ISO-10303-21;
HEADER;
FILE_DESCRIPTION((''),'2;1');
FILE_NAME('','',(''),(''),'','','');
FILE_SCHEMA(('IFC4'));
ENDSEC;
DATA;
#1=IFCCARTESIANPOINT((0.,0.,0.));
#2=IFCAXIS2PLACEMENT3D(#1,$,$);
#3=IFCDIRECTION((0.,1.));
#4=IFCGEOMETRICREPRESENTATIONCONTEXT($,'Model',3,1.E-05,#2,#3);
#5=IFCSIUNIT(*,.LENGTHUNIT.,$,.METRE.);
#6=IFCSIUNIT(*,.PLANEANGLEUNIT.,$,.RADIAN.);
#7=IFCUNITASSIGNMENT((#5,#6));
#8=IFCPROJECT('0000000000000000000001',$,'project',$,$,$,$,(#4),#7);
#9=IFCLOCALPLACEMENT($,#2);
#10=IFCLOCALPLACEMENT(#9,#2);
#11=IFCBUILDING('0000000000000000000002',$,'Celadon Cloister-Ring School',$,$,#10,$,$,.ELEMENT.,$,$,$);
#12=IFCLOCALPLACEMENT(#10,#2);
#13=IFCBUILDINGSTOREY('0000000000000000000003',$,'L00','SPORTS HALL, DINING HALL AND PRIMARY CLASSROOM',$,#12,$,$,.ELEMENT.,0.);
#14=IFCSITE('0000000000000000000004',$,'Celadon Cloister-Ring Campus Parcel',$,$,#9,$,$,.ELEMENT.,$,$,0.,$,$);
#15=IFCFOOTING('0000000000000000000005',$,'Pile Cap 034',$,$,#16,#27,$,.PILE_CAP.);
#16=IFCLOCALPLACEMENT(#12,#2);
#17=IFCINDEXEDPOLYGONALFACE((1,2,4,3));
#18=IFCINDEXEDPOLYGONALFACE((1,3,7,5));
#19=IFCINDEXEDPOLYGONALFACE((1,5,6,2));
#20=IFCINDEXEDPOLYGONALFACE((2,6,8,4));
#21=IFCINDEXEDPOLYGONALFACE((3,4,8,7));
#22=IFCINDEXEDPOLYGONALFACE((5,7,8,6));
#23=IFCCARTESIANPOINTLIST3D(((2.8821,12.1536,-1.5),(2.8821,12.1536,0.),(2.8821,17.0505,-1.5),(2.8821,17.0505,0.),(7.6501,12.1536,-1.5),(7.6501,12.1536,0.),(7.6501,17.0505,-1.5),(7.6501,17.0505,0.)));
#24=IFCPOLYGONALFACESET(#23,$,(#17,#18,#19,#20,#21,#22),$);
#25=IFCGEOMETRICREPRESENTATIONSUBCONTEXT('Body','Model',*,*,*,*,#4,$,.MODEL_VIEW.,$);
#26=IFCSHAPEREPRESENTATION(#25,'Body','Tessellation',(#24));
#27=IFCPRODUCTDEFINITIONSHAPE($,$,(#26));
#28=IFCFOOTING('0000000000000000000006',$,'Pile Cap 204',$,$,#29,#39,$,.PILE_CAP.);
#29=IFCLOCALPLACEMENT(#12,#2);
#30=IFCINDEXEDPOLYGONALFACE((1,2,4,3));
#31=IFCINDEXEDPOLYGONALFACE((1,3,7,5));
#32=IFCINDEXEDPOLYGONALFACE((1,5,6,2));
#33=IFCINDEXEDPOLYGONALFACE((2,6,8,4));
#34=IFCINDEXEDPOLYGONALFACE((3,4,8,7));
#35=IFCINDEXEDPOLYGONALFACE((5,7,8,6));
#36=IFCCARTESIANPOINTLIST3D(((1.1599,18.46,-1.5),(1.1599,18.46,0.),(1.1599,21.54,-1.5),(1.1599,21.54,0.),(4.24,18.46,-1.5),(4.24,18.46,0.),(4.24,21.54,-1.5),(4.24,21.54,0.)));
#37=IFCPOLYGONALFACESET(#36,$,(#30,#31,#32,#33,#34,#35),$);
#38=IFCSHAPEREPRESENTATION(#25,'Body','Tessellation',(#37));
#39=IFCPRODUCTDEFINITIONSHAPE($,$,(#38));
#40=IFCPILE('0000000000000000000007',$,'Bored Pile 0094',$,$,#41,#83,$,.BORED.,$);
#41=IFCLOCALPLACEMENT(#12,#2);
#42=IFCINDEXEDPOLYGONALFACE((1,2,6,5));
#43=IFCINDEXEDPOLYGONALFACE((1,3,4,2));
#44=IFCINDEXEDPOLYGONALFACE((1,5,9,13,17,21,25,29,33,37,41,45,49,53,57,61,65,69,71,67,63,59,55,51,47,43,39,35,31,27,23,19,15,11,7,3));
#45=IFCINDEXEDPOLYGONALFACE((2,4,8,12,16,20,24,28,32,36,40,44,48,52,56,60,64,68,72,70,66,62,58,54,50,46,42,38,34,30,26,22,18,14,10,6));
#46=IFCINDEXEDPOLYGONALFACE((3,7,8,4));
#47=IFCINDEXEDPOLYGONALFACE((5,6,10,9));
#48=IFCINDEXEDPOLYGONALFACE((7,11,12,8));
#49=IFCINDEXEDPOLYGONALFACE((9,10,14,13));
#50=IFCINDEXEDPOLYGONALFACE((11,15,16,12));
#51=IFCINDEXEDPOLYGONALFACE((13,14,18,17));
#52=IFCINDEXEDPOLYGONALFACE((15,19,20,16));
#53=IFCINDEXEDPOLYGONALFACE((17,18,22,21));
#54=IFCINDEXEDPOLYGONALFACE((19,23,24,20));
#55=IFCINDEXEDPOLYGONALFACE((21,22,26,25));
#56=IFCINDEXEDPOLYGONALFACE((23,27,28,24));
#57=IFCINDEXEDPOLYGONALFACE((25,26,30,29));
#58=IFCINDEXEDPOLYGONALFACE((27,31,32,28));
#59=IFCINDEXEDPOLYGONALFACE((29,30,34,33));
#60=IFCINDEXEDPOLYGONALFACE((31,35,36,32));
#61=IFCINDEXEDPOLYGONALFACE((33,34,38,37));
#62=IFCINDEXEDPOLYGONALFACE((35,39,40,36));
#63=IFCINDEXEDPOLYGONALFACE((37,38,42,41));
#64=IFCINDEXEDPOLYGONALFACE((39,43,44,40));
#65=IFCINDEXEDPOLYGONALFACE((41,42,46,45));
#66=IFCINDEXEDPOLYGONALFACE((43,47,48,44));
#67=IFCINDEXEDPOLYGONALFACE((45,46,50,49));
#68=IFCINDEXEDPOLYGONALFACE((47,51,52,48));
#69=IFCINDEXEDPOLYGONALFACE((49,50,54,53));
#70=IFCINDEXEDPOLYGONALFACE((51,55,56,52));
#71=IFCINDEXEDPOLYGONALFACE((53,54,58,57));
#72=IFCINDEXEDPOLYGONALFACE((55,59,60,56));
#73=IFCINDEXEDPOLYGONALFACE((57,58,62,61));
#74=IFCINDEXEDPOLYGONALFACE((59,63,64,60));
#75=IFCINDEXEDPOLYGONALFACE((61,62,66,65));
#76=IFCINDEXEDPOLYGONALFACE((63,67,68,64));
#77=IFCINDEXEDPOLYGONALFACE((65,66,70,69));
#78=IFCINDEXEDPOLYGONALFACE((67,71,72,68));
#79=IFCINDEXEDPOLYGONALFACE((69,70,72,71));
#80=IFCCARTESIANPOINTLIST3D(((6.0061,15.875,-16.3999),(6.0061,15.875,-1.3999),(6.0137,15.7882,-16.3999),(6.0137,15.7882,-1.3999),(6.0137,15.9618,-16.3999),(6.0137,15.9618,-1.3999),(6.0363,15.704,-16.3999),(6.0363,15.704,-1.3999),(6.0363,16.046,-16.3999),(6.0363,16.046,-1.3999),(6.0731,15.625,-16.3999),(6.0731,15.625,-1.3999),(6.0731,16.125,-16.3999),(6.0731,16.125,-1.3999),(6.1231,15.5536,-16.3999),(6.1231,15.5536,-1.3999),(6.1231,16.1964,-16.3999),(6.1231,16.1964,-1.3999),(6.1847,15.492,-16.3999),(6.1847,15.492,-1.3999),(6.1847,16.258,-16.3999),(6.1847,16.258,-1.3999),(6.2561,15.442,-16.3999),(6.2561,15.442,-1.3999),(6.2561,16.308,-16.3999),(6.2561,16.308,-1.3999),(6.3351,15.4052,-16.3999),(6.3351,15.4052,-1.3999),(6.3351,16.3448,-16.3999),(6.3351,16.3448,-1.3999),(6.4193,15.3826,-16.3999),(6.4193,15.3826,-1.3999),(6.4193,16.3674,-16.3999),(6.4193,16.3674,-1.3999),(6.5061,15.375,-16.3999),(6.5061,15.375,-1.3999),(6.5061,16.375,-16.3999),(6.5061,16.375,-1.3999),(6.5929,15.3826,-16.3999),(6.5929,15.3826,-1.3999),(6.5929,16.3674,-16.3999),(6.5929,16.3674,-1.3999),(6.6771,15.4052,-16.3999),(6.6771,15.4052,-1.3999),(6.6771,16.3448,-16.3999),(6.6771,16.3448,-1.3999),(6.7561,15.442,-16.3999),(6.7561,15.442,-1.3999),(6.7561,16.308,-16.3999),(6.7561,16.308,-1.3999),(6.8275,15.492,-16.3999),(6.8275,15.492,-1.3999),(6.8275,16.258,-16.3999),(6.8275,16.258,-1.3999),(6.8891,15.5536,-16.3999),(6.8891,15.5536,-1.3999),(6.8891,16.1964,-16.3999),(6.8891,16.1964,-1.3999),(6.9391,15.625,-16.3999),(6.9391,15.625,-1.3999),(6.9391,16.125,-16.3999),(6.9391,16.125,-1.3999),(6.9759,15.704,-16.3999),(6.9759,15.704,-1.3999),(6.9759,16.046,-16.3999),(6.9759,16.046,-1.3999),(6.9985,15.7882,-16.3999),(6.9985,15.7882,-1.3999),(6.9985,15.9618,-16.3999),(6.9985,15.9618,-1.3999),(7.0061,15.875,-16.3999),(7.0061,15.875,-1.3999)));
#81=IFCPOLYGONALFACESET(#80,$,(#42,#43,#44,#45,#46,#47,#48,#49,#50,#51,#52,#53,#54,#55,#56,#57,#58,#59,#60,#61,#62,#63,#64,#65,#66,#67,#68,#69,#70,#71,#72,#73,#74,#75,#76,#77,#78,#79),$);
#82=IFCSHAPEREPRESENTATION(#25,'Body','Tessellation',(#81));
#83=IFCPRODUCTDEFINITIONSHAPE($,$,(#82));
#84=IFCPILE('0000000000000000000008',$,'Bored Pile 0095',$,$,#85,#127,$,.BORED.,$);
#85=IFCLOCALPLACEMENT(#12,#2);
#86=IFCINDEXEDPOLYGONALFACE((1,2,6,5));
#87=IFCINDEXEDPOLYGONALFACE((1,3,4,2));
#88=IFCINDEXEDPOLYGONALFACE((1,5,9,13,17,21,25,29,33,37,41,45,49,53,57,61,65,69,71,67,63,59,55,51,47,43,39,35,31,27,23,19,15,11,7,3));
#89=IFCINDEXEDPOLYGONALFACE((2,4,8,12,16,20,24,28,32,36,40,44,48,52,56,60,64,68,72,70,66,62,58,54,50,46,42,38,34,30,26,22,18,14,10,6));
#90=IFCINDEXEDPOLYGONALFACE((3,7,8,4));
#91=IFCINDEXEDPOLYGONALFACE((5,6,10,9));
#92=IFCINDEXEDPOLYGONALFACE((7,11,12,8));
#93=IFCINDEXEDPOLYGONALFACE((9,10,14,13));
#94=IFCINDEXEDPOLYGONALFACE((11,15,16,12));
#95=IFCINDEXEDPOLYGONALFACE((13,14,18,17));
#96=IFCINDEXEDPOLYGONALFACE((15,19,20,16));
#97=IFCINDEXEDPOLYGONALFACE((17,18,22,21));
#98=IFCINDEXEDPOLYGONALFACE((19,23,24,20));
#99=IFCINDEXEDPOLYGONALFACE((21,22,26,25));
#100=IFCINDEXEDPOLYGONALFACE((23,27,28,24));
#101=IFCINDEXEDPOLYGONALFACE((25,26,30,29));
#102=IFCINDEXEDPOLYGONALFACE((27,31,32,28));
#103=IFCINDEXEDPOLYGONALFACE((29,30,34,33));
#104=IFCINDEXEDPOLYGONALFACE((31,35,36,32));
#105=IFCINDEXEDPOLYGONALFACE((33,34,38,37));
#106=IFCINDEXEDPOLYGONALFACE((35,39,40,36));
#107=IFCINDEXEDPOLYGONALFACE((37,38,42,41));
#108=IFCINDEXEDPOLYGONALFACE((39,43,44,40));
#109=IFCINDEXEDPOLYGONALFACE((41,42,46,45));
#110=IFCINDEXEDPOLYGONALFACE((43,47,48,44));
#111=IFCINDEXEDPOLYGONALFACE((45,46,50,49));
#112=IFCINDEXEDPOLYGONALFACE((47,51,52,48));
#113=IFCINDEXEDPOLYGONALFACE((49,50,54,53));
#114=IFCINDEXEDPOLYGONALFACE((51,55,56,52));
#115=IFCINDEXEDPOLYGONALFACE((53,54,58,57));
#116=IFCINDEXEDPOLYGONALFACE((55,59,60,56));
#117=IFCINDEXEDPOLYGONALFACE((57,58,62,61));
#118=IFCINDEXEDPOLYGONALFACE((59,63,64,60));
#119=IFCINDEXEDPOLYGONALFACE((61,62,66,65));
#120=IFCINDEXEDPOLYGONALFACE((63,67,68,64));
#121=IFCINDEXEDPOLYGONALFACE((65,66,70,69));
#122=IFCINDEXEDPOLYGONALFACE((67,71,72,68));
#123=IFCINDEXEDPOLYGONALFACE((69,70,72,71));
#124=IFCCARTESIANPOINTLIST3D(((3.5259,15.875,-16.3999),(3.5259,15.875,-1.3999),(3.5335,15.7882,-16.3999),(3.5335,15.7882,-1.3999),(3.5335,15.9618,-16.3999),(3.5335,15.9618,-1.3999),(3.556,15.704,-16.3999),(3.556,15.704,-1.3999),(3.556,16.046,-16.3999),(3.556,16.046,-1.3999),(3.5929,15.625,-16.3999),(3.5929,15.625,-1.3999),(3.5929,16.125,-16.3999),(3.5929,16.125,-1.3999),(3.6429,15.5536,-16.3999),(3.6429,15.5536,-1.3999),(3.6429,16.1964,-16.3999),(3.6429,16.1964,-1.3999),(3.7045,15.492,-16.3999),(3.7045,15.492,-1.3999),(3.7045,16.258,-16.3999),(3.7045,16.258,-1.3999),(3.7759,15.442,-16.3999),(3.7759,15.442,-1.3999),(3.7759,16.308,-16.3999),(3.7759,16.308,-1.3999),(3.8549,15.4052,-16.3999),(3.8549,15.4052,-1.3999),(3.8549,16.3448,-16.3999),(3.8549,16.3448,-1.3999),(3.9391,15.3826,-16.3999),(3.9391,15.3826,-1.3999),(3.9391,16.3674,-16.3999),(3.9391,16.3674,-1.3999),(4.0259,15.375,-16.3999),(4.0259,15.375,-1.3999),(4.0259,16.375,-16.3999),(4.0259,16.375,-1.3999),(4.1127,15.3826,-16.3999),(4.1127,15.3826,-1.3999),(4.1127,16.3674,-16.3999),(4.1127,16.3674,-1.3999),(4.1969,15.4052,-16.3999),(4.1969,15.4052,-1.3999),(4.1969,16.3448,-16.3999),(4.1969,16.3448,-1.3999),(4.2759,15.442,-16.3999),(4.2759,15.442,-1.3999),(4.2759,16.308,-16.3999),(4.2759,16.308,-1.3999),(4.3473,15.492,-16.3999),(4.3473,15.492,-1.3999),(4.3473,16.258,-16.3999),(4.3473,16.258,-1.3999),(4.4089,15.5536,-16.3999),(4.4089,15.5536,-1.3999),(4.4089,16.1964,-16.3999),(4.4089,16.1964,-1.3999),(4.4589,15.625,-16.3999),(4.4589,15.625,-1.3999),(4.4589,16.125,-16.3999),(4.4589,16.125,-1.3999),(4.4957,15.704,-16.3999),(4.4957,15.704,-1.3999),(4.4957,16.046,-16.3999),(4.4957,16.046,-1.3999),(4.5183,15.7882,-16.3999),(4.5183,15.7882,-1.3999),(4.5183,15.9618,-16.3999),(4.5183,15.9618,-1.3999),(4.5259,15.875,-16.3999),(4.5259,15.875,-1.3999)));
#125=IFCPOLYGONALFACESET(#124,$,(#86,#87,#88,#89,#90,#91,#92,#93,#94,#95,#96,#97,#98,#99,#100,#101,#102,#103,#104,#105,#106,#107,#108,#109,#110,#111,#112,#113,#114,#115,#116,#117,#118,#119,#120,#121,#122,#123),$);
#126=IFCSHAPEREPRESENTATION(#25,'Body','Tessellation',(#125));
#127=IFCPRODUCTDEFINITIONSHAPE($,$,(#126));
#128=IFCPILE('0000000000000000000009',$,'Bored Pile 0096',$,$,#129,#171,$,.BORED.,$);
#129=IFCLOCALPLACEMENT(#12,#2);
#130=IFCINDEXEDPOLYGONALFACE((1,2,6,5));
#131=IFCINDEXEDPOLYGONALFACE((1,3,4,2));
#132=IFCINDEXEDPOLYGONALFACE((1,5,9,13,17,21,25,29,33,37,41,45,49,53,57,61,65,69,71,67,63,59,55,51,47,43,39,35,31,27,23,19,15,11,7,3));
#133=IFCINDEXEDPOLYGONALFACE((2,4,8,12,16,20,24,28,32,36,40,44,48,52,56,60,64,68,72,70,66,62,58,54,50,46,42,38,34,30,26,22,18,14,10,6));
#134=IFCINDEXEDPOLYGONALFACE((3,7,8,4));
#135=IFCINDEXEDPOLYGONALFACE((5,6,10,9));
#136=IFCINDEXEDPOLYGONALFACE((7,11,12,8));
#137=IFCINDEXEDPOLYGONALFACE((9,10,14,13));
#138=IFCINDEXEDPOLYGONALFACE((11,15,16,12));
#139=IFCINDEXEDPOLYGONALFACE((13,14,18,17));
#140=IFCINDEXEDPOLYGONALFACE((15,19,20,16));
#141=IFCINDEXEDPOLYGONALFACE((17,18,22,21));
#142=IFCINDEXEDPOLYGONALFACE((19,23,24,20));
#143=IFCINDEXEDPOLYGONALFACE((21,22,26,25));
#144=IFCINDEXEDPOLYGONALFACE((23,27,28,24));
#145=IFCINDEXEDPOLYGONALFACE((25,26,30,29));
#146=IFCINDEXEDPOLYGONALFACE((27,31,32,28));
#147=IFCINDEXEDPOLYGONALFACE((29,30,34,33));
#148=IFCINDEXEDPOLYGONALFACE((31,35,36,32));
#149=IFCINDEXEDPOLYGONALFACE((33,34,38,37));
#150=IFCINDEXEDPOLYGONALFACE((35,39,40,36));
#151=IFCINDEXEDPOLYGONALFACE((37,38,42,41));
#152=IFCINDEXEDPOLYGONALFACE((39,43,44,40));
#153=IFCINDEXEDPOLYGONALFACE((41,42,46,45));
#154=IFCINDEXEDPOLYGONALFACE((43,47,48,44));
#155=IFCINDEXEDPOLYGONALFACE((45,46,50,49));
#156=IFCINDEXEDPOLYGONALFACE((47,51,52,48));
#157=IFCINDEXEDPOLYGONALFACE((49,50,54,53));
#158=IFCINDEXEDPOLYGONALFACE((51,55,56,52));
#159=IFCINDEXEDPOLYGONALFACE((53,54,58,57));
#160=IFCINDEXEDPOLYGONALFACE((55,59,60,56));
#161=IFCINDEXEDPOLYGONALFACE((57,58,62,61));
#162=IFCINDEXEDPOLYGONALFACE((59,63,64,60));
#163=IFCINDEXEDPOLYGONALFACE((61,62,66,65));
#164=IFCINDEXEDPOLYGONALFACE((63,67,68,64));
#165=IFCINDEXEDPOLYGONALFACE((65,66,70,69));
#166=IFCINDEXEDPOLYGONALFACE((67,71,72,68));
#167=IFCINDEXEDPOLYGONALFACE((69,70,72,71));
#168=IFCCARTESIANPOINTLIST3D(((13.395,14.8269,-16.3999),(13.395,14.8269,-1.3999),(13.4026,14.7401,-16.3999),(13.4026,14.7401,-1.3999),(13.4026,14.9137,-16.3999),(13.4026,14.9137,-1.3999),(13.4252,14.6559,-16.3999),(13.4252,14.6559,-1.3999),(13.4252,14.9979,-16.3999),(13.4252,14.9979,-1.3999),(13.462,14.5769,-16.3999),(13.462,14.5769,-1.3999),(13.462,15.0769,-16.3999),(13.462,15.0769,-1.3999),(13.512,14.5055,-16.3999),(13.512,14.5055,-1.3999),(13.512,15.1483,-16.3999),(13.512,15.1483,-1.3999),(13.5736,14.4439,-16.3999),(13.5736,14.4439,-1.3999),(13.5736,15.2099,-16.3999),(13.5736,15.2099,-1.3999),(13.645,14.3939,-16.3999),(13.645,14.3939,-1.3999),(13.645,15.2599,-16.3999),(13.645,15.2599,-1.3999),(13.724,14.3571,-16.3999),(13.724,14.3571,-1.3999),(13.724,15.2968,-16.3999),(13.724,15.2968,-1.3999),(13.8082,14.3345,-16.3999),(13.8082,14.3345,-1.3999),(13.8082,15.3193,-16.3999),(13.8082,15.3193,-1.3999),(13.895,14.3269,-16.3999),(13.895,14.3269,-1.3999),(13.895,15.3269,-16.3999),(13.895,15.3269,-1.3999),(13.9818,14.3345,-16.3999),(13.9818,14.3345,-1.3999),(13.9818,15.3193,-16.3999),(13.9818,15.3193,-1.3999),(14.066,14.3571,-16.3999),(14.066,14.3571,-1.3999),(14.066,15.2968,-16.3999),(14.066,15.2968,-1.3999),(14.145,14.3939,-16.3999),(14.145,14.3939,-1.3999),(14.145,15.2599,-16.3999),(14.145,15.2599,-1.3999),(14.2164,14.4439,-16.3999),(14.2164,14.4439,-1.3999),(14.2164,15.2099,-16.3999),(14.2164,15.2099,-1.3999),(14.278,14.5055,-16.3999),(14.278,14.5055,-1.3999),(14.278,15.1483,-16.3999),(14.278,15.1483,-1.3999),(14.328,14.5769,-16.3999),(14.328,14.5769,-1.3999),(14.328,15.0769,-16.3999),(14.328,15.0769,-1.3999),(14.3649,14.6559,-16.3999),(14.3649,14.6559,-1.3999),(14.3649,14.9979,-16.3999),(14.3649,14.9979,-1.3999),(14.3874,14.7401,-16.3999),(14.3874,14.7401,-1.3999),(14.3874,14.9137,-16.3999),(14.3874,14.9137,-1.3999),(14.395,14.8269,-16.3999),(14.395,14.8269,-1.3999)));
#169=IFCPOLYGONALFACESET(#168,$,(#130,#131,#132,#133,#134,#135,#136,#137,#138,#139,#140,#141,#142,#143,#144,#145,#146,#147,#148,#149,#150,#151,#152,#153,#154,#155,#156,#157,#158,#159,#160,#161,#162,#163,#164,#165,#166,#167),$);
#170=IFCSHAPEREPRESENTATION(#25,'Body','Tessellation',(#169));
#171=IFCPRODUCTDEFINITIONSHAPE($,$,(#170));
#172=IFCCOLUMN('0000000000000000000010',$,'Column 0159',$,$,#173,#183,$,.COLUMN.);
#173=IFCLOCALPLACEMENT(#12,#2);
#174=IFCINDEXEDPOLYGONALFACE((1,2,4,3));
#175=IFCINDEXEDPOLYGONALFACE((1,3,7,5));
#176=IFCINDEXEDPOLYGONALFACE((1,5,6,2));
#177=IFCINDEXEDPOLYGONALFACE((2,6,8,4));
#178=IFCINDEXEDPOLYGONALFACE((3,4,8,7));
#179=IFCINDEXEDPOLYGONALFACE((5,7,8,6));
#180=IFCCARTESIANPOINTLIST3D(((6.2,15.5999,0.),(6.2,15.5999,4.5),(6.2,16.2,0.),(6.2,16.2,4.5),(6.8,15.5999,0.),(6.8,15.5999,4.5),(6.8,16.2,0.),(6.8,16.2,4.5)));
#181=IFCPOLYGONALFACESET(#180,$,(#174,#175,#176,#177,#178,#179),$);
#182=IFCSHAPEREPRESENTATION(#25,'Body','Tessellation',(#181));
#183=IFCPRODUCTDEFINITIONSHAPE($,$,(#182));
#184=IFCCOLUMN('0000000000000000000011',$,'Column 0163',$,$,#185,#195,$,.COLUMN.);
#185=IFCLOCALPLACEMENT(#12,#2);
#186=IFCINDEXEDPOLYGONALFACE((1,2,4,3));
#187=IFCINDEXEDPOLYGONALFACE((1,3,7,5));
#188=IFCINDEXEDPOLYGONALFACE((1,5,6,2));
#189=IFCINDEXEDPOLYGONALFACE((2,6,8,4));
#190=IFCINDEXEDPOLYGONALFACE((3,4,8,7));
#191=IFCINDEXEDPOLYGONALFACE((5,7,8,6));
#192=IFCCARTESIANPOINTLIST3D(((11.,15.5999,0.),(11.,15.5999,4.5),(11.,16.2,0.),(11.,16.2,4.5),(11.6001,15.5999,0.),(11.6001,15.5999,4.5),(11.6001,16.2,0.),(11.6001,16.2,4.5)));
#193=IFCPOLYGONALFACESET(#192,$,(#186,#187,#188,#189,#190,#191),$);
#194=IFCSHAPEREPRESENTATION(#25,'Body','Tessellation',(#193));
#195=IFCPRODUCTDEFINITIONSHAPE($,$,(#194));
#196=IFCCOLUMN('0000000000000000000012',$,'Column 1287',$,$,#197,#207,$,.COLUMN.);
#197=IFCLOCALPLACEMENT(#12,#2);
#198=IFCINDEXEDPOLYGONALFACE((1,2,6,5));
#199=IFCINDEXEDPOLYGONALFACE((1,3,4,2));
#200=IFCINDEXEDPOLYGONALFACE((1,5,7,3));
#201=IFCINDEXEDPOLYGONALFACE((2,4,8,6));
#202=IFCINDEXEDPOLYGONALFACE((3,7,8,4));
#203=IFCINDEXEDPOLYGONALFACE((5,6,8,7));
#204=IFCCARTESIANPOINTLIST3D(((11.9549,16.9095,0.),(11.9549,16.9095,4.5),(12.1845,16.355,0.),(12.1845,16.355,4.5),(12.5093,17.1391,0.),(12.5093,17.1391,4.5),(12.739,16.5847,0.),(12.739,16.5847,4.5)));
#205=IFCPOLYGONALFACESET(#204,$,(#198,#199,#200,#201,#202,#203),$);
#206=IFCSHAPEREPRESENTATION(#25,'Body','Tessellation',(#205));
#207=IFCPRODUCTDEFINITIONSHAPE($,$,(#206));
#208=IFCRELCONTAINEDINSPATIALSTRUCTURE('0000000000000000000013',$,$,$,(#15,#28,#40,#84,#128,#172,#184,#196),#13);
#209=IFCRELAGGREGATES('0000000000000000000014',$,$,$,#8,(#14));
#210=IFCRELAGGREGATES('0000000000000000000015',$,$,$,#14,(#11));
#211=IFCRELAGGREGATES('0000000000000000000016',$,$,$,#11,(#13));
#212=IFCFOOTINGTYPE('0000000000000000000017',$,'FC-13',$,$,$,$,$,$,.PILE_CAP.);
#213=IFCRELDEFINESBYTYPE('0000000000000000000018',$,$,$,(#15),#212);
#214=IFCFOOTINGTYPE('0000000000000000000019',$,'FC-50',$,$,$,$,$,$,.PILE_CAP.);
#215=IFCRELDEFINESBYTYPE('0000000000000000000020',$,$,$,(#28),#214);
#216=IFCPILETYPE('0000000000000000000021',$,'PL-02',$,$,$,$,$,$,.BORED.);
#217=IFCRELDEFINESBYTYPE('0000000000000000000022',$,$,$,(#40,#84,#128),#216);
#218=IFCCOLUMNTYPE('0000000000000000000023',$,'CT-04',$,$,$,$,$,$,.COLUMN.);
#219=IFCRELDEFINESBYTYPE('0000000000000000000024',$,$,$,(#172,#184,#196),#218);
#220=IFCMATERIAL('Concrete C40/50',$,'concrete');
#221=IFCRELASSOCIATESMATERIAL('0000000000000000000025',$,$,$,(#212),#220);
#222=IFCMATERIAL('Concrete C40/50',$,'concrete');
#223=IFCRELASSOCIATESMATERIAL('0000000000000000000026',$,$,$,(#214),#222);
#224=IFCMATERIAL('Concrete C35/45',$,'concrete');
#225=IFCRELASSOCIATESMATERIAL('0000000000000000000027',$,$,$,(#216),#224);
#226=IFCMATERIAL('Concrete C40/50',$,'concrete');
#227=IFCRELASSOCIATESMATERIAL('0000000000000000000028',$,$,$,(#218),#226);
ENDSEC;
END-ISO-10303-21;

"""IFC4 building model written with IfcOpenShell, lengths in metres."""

from ifc_helpers import new_model, si_unit, direction, frame, origin, origin_2d, place, context, subcontext, project, spatial, rectangle, circle, extrude, material, material_profile, profile_set, type_object, element, save


model = new_model("IFC4")

# Units and contexts
model_context = context("Model", 3, precision=1e-05, world=origin(), true_north=direction((0.0, 1.0)))
body_context = subcontext(model_context, "Body", "Model", "MODEL_VIEW")
ifc_project = project(units=[si_unit("LENGTHUNIT", "METRE"), si_unit("PLANEANGLEUNIT", "RADIAN")], contexts=[model_context])

# Site, building, storey
site_placement = place(None, origin())
site = spatial("IfcSite", under=ifc_project, at=site_placement, Name="Celadon Cloister-Ring Campus Parcel", CompositionType="ELEMENT", RefElevation=0.0)
building_placement = place(site_placement, origin())
building = spatial("IfcBuilding", under=site, at=building_placement, Name="Celadon Cloister-Ring School", CompositionType="ELEMENT")
storey_placement = place(building_placement, origin())
storey = spatial("IfcBuildingStorey", under=building, at=storey_placement, Name="L00", Description="SPORTS HALL, DINING HALL AND PRIMARY CLASSROOM", CompositionType="ELEMENT", Elevation=0.0)

# Footings
ifc_material_1 = material(Name="Concrete C40/50", Category="concrete")
footing_type_1 = type_object("IfcFootingType", Name="FC-13", PredefinedType="PILE_CAP", material=ifc_material_1)
footing_1_placement = place(storey_placement, frame((5.2661, 14.6021, -1.5), z_axis=(0.0, 0.0, 1.0), x_axis=(1.0, 0.0, 0.0)))
element("IfcFooting", 1, at=footing_1_placement, inside=storey, type_object=footing_type_1, Name="Pile Cap 034", PredefinedType="PILE_CAP", context=body_context, shape_type="SweptSolid", body=[
    extrude(rectangle(XDim=4.7681, YDim=4.897, at=origin_2d()), origin(), (0.0, 0.0, 1.0), 1.5),
])
ifc_material_2 = material(Name="Concrete C40/50", Category="concrete")
footing_type_2 = type_object("IfcFootingType", Name="FC-50", PredefinedType="PILE_CAP", material=ifc_material_2)
footing_2_placement = place(storey_placement, frame((2.7, 20.0, -1.5), z_axis=(0.0, 0.0, 1.0), x_axis=(1.0, 0.0, 0.0)))
element("IfcFooting", 2, at=footing_2_placement, inside=storey, type_object=footing_type_2, Name="Pile Cap 204", PredefinedType="PILE_CAP", context=body_context, shape_type="SweptSolid", body=[
    extrude(rectangle(XDim=3.0801, YDim=3.0801, at=origin_2d()), origin(), (0.0, 0.0, 1.0), 1.5),
])

# Piles
ifc_material_3 = material(Name="Concrete C35/45", Category="concrete")
ifc_material_profile_1 = material_profile(ifc_material_3, circle(Radius=0.5, at=origin_2d()), Name="PILE1000")
ifc_profile_set_1 = profile_set([ifc_material_profile_1], Name="Concrete C35/45")
pile_type = type_object("IfcPileType", Name="PL-02", PredefinedType="BORED", material=ifc_profile_set_1)
for number, where, z_axis, x_axis, name in (
    (3, (6.5061, 15.875, -1.3999), (0.0, 0.0, -1.0), (1.0, 0.0, 0.0), "Bored Pile 0094"),
    (4, (4.0259, 15.875, -1.3999), (0.0, 0.0, -1.0), (1.0, 0.0, 0.0), "Bored Pile 0095"),
    (5, (13.895, 14.8269, -1.3999), (0.0, 0.0, -1.0), (1.0, 0.0, 0.0), "Bored Pile 0096"),
):
    element("IfcPile", number, at=place(storey_placement, frame(where, z_axis=z_axis, x_axis=x_axis)), inside=storey, type_object=pile_type, Name=name, PredefinedType="BORED", context=body_context, shape_type="SweptSolid", body=[
        extrude(circle(Radius=0.5, at=origin_2d()), origin(), (0.0, 0.0, 1.0), 15.0),
    ])

# Columns
ifc_material_4 = material(Name="Concrete C40/50", Category="concrete")
ifc_material_profile_2 = material_profile(ifc_material_4, rectangle(XDim=0.6001, YDim=0.6001, at=origin_2d()), Name="RC600X600")
ifc_profile_set_2 = profile_set([ifc_material_profile_2], Name="Concrete C40/50")
column_type_1 = type_object("IfcColumnType", Name="CT-04", PredefinedType="COLUMN", material=ifc_profile_set_2)
for number, where, z_axis, x_axis, name in (
    (6, (6.5, 15.8999, 0.0), (0.0, 0.0, 1.0), (1.0, 0.0, 0.0), "Column 0159"),
    (7, (11.3, 15.8999, 0.0), (0.0, 0.0, 1.0), (1.0, 0.0, 0.0), "Column 0163"),
    (8, (12.3469, 16.7471, 0.0), (0.0, 0.0, 1.0), (-0.92388, -0.382683, 0.0), "Column 1287"),
):
    element("IfcColumn", number, at=place(storey_placement, frame(where, z_axis=z_axis, x_axis=x_axis)), inside=storey, type_object=column_type_1, Name=name, PredefinedType="COLUMN", context=body_context, shape_type="SweptSolid", body=[
        extrude(rectangle(XDim=0.6001, YDim=0.6001, at=origin_2d()), origin(), (0.0, 0.0, 1.0), 4.5),
    ])

save(model, "model.ifc")
